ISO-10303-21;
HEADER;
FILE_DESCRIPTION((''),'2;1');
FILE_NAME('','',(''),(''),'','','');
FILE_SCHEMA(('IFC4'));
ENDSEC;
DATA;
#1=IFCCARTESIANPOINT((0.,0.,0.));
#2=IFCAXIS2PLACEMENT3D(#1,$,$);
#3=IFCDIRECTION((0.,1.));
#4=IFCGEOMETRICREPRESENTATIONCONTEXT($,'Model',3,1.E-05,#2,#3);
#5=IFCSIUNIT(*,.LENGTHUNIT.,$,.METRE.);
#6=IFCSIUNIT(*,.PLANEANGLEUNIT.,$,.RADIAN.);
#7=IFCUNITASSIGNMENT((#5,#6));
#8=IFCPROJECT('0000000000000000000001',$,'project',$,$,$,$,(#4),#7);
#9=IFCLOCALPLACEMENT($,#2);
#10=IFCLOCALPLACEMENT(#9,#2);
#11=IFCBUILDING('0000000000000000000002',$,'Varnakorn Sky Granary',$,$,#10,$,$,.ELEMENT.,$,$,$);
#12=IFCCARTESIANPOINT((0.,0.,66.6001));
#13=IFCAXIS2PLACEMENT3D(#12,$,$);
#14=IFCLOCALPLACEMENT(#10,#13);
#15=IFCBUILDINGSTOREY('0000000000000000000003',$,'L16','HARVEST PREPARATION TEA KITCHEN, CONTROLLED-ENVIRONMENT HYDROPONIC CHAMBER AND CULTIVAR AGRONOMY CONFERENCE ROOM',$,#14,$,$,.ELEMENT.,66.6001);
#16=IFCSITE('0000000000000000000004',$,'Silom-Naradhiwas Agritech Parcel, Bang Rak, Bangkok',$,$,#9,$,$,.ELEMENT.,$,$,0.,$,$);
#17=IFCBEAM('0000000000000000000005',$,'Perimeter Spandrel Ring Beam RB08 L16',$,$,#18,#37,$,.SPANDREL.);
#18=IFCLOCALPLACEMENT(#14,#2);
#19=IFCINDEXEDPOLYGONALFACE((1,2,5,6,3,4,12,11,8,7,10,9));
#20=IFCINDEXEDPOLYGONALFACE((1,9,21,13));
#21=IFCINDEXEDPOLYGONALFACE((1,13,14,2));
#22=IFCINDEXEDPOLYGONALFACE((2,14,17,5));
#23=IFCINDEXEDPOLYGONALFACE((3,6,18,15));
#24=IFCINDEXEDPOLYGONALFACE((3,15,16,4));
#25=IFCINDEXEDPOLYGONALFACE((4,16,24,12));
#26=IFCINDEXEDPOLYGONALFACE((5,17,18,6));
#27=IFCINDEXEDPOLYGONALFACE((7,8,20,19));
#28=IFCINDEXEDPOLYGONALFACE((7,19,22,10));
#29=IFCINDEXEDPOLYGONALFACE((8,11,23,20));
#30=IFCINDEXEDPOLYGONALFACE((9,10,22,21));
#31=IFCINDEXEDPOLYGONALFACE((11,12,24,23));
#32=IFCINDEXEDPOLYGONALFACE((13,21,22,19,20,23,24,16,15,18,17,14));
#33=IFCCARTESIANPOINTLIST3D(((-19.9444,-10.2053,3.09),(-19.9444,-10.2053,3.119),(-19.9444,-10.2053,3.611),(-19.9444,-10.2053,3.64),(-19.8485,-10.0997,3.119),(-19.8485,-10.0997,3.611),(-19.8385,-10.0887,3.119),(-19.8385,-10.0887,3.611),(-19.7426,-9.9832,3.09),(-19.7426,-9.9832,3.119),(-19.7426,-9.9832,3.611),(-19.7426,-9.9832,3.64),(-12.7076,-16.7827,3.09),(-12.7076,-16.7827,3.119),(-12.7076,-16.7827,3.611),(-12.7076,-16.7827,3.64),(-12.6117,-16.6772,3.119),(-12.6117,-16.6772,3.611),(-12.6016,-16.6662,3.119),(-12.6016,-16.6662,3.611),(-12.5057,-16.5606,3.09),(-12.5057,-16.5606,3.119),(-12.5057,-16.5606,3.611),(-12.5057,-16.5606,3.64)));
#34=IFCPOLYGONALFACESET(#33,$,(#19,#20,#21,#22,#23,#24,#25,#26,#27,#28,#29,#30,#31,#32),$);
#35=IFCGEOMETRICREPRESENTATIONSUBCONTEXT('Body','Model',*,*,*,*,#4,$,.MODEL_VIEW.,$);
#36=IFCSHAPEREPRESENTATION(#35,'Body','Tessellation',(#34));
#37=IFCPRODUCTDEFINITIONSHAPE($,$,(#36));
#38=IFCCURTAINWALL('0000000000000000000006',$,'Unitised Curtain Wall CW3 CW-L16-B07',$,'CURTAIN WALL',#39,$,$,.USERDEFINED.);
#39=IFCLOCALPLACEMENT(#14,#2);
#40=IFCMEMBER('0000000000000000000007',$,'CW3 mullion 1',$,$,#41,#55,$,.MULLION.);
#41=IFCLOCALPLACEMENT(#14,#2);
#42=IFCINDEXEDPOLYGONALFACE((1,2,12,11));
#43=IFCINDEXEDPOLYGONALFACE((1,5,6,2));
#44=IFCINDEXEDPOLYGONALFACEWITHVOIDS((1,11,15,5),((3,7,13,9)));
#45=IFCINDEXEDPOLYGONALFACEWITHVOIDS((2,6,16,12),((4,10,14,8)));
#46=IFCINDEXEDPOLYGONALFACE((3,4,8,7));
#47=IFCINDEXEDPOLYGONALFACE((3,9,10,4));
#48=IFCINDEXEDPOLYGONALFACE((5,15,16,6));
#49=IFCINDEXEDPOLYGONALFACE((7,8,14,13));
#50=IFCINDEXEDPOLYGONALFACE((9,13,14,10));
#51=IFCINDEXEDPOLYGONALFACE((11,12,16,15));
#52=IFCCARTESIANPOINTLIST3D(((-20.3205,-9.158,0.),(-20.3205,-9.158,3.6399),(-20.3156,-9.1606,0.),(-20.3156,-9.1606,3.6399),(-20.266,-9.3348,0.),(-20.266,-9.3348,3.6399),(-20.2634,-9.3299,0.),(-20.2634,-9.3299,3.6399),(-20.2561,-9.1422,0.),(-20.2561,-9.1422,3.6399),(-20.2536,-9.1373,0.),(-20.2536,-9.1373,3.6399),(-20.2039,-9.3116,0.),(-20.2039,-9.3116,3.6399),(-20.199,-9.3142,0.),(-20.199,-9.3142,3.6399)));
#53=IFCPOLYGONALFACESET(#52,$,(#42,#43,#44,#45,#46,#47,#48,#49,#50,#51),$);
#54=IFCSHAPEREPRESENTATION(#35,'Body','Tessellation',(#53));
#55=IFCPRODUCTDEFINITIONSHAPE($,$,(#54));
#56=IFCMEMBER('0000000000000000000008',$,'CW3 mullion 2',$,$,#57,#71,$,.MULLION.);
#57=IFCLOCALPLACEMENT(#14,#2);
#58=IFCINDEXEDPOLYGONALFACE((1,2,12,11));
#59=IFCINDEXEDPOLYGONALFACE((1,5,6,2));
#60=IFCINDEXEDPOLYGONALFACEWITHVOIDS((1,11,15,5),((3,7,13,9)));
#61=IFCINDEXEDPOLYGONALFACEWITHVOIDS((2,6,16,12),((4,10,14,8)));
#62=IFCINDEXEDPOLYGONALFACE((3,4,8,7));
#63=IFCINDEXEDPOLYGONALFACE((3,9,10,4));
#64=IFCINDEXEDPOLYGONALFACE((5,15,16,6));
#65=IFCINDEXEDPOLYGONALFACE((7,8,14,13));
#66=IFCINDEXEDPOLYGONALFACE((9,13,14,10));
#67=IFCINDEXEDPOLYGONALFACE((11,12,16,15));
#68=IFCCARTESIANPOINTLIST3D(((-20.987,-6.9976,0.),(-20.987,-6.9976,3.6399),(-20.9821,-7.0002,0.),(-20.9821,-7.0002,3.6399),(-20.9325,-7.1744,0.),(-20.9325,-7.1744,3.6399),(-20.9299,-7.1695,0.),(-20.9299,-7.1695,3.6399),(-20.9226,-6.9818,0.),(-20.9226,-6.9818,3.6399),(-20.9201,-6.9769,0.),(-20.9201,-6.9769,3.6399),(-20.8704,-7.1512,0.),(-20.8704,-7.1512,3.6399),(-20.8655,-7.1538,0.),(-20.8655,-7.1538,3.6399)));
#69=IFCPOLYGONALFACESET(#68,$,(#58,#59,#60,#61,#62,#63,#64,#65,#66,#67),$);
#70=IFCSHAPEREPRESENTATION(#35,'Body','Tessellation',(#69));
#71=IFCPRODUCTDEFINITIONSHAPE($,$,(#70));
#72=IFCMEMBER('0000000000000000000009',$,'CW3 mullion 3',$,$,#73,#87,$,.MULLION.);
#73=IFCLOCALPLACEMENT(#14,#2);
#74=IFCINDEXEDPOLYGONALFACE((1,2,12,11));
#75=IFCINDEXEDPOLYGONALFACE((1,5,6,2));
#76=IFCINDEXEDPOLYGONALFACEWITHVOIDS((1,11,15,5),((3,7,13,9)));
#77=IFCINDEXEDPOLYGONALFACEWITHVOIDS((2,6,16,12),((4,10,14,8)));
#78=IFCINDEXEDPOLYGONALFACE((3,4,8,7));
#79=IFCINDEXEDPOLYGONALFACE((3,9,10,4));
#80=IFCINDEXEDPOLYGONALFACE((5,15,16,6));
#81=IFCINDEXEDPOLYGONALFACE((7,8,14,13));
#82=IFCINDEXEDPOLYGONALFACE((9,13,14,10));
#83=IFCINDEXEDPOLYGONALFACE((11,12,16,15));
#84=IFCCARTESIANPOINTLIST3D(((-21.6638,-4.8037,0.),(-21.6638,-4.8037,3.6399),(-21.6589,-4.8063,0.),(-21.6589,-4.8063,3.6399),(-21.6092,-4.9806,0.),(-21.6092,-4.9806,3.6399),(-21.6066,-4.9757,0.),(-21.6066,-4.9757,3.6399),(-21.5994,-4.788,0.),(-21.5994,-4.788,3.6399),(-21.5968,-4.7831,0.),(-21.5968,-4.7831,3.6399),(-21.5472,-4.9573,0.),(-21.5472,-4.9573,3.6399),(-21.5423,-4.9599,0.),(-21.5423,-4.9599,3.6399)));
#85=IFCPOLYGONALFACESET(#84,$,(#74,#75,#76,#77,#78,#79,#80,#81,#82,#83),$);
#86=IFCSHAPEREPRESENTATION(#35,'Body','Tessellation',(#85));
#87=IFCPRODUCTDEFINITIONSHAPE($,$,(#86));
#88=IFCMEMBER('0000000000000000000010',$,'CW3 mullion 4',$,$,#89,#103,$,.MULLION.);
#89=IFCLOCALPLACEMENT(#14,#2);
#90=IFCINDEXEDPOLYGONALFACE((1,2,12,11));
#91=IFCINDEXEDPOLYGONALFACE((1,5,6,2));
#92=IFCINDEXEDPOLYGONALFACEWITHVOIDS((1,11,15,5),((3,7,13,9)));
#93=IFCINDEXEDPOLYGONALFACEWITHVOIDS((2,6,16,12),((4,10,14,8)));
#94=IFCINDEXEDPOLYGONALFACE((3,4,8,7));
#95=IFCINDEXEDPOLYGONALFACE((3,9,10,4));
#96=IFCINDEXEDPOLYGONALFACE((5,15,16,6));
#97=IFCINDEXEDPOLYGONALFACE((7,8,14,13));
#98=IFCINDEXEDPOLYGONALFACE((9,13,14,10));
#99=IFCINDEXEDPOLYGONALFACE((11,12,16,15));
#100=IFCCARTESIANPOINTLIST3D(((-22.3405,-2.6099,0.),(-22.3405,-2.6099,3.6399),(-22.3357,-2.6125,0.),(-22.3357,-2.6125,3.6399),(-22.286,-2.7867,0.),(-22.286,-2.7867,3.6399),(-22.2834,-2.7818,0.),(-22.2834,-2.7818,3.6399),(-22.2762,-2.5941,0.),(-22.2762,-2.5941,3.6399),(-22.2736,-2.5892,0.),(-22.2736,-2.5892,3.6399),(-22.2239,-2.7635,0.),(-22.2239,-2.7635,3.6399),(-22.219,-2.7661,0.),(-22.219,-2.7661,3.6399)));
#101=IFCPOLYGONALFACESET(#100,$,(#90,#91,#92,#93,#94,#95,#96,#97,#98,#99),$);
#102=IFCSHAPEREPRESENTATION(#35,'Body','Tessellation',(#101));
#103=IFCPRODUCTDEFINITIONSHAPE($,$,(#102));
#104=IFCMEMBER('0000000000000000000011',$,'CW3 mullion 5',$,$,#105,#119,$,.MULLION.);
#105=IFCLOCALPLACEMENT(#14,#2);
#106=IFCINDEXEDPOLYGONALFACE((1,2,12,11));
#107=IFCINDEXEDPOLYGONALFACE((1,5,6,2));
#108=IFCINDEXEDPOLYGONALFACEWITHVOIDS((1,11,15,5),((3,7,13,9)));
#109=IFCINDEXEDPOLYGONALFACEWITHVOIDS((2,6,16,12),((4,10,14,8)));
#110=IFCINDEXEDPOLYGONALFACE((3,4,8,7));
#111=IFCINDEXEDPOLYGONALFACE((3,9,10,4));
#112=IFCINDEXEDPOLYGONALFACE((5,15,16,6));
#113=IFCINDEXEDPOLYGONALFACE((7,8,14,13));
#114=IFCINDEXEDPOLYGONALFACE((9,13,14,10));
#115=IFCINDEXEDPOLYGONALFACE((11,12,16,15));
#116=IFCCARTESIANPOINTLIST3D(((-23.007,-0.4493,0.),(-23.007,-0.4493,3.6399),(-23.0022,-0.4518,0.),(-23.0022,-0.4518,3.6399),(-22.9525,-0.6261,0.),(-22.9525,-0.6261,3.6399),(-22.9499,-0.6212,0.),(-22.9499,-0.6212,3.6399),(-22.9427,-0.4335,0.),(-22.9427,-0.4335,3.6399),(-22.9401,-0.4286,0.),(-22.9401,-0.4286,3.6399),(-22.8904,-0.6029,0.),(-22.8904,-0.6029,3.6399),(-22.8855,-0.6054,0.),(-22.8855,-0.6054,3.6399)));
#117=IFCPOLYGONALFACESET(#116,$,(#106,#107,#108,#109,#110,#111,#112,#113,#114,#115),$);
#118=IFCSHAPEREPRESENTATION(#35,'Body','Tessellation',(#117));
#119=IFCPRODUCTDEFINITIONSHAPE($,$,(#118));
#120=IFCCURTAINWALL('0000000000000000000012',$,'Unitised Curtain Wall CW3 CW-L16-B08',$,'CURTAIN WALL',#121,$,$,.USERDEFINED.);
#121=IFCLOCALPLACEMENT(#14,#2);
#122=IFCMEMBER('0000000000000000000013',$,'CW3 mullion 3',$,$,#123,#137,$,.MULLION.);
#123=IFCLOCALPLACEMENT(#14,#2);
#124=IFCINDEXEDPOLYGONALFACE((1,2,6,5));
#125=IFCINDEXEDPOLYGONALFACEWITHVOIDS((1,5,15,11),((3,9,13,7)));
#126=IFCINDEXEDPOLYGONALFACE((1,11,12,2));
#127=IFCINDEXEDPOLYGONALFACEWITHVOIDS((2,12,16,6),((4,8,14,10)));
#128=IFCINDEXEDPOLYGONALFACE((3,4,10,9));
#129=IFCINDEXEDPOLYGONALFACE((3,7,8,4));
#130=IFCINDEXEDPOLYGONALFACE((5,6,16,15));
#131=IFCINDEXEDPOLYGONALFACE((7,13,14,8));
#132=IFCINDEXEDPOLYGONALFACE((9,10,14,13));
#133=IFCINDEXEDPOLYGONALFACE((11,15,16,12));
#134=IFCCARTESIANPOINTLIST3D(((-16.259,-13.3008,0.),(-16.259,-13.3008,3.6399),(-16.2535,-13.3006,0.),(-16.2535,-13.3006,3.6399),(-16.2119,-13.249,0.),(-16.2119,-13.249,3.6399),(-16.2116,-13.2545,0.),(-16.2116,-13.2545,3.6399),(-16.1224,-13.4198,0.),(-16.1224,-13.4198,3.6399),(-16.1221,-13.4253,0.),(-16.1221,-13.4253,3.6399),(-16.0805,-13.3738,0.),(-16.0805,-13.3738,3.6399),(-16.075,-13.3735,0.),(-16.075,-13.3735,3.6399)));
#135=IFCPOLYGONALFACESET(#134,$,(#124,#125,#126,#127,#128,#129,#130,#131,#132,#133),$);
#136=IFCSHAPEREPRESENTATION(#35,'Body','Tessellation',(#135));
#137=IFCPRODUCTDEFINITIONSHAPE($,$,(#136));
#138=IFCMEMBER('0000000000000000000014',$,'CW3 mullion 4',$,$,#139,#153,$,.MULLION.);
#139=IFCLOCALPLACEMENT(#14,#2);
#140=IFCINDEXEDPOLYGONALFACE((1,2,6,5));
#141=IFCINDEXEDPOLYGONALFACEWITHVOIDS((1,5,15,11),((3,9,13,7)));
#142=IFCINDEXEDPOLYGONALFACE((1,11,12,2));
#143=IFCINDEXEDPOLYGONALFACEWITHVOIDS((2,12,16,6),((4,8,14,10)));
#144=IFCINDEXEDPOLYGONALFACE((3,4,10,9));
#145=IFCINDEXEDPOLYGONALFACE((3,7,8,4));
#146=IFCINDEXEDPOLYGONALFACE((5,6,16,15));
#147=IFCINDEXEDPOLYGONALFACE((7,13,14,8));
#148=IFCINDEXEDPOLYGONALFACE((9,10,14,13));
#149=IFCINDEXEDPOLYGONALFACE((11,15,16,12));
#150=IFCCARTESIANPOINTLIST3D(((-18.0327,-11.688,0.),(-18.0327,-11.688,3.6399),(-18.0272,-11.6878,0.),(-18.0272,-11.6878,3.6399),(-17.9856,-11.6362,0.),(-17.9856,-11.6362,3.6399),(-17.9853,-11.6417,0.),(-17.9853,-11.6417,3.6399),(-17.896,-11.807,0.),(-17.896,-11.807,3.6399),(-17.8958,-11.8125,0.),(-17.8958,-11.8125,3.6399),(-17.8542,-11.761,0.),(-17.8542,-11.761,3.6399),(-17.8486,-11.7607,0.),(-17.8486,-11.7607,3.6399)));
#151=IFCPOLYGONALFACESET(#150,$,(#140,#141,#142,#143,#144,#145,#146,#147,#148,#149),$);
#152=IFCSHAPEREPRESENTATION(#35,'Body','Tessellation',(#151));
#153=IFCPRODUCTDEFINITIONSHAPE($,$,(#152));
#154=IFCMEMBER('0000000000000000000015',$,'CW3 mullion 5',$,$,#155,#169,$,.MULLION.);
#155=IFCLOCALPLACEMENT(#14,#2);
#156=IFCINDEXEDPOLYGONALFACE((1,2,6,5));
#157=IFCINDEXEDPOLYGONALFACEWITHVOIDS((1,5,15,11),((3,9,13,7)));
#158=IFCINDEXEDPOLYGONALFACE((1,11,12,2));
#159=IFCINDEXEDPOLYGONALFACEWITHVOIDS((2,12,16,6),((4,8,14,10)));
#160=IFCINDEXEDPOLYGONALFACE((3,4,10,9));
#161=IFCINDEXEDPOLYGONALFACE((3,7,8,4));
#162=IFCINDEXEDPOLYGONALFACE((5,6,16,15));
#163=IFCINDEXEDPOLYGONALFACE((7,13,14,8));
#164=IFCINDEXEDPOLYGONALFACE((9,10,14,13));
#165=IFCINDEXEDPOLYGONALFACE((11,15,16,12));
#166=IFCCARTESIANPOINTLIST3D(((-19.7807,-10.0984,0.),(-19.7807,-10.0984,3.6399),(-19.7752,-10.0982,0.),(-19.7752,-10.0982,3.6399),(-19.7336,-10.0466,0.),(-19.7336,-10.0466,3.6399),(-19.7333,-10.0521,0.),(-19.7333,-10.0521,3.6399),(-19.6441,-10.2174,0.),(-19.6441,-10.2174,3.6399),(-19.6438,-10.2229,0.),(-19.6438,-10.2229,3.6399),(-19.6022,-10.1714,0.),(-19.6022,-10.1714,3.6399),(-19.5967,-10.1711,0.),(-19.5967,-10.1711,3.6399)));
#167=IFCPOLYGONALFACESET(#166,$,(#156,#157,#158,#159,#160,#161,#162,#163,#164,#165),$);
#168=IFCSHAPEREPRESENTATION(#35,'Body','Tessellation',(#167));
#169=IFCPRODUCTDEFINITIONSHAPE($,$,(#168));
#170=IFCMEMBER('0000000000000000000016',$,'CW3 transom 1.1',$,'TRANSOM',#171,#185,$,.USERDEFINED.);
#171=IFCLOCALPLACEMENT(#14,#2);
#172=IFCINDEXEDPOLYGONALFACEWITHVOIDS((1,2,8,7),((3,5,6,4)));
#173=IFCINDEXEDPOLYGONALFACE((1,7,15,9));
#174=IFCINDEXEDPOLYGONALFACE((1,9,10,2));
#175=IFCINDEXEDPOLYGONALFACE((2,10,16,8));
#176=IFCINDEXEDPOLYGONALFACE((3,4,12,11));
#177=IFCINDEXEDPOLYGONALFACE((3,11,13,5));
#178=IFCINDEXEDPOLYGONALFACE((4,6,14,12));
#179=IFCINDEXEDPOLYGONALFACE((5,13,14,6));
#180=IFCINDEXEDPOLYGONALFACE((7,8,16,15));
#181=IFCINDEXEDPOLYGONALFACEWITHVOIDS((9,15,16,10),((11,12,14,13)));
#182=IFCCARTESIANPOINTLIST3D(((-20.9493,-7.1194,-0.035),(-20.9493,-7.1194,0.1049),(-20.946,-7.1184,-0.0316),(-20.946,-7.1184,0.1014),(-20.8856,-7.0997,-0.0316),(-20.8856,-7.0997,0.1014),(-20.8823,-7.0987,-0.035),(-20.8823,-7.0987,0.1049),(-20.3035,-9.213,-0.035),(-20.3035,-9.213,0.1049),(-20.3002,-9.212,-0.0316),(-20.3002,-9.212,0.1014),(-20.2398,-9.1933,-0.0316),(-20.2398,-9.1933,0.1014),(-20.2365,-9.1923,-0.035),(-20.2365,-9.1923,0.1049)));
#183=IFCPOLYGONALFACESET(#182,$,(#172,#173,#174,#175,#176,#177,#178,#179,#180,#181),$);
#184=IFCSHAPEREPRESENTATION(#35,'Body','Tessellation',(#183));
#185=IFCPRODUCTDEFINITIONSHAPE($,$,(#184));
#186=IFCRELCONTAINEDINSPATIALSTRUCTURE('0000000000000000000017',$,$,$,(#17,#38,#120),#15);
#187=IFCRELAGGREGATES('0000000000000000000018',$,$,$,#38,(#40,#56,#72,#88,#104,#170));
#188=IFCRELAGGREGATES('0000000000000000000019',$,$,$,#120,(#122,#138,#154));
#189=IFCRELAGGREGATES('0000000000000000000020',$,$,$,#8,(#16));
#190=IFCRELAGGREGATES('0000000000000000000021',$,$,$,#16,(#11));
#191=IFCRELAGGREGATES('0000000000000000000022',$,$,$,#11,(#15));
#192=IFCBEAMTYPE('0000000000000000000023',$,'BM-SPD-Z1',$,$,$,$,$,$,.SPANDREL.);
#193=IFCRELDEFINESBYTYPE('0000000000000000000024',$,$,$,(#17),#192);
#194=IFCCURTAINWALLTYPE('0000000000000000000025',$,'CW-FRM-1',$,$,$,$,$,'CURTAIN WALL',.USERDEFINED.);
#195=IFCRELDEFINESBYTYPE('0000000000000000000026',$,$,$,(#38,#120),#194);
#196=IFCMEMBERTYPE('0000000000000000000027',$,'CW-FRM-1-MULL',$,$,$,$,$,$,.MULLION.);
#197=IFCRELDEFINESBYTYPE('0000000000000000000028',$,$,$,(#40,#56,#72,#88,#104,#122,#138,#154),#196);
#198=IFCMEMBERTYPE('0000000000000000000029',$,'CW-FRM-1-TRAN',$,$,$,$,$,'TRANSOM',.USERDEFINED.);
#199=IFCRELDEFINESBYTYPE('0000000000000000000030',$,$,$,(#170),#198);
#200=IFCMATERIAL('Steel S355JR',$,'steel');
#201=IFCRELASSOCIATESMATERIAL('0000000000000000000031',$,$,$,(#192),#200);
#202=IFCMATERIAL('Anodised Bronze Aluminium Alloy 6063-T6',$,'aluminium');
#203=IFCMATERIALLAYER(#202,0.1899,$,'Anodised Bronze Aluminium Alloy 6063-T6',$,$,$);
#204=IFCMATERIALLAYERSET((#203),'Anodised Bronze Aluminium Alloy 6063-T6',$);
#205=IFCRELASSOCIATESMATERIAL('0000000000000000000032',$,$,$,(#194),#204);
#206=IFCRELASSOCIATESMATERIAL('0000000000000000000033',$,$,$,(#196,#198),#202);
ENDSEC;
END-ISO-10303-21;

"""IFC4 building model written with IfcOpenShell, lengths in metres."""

from ifc_helpers import new_model, si_unit, direction, frame, origin, origin_2d, place, context, subcontext, project, spatial, hollow_rectangle, i_section, extrude, material, layer, layer_set, material_profile, profile_set, type_object, element, aggregate, save


model = new_model("IFC4")

# Units and contexts
model_context = context("Model", 3, precision=1e-05, world=origin(), true_north=direction((0.0, 1.0)))
body_context = subcontext(model_context, "Body", "Model", "MODEL_VIEW")
ifc_project = project(units=[si_unit("LENGTHUNIT", "METRE"), si_unit("PLANEANGLEUNIT", "RADIAN")], contexts=[model_context])

# Site, building, storey
site_placement = place(None, origin())
site = spatial("IfcSite", under=ifc_project, at=site_placement, Name="Silom-Naradhiwas Agritech Parcel, Bang Rak, Bangkok", CompositionType="ELEMENT", RefElevation=0.0)
building_placement = place(site_placement, origin())
building = spatial("IfcBuilding", under=site, at=building_placement, Name="Varnakorn Sky Granary", CompositionType="ELEMENT")
storey_placement = place(building_placement, frame((0.0, 0.0, 66.6001)))
storey = spatial("IfcBuildingStorey", under=building, at=storey_placement, Name="L16", Description="HARVEST PREPARATION TEA KITCHEN, CONTROLLED-ENVIRONMENT HYDROPONIC CHAMBER AND CULTIVAR AGRONOMY CONFERENCE ROOM", CompositionType="ELEMENT", Elevation=66.6001)

# Beam
ifc_material_1 = material(Name="Steel S355JR", Category="steel")
ifc_material_profile_1 = material_profile(ifc_material_1, i_section(OverallWidth=0.3, OverallDepth=0.55, WebThickness=0.0149, FlangeThickness=0.0291, at=origin_2d()), Name="HE 550 B")
ifc_profile_set_1 = profile_set([ifc_material_profile_1], Name="Steel S355JR")
beam_type = type_object("IfcBeamType", Name="BM-SPD-Z1", PredefinedType="SPANDREL", material=ifc_profile_set_1)
beam_1_placement = place(storey_placement, frame((-19.8435, -10.0942, 3.365), z_axis=(0.740018, -0.672587, 0.0), x_axis=(0.672587, 0.740018, 0.0)))
element("IfcBeam", 1, at=beam_1_placement, inside=storey, type_object=beam_type, Name="Perimeter Spandrel Ring Beam RB08 L16", PredefinedType="SPANDREL", context=body_context, shape_type="SweptSolid", body=[
    extrude(i_section(OverallWidth=0.3, OverallDepth=0.55, WebThickness=0.0149, FlangeThickness=0.0291, at=origin_2d()), origin(), (0.0, 0.0, 1.0), 9.7793),
])

# Curtain walls, members
ifc_material_2 = material(Name="Anodised Bronze Aluminium Alloy 6063-T6", Category="aluminium")
ifc_layer_1 = layer(ifc_material_2, 0.1899, Name="Anodised Bronze Aluminium Alloy 6063-T6")
ifc_layer_set_1 = layer_set([ifc_layer_1], Name="Anodised Bronze Aluminium Alloy 6063-T6")
curtain_wall_type = type_object("IfcCurtainWallType", Name="CW-FRM-1", ElementType="CURTAIN WALL", PredefinedType="USERDEFINED", material=ifc_layer_set_1)
curtain_wall_1_placement = place(storey_placement, origin())
curtain_wall_1 = element("IfcCurtainWall", 2, at=curtain_wall_1_placement, inside=storey, type_object=curtain_wall_type, Name="Unitised Curtain Wall CW3 CW-L16-B07", ObjectType="CURTAIN WALL", PredefinedType="USERDEFINED")
ifc_material_profile_2 = material_profile(ifc_material_2, hollow_rectangle(XDim=0.0701, YDim=0.1851, WallThickness=0.0039, at=origin_2d()), Name="ALU MULL 70x185")
ifc_profile_set_2 = profile_set([ifc_material_profile_2], Name="Anodised Bronze Aluminium Alloy 6063-T6")
member_type_1 = type_object("IfcMemberType", Name="CW-FRM-1-MULL", PredefinedType="MULLION", material=ifc_profile_set_2)
member_1_placement = place(storey_placement, frame((-20.2598, -9.2361, 0.0), z_axis=(0.0, 0.0, 1.0), x_axis=(-0.955563, -0.294787, 0.0)))
member_1 = element("IfcMember", 3, at=member_1_placement, type_object=member_type_1, Name="CW3 mullion 1", PredefinedType="MULLION", context=body_context, shape_type="SweptSolid", body=[
    extrude(hollow_rectangle(XDim=0.0701, YDim=0.1851, WallThickness=0.0039, at=origin_2d()), origin(), (0.0, 0.0, 1.0), 3.6399),
])
member_2_placement = place(storey_placement, frame((-20.9263, -7.0757, 0.0), z_axis=(0.0, 0.0, 1.0), x_axis=(-0.955563, -0.294787, 0.0)))
member_2 = element("IfcMember", 4, at=member_2_placement, type_object=member_type_1, Name="CW3 mullion 2", PredefinedType="MULLION", context=body_context, shape_type="SweptSolid", body=[
    extrude(hollow_rectangle(XDim=0.0701, YDim=0.1851, WallThickness=0.0039, at=origin_2d()), origin(), (0.0, 0.0, 1.0), 3.6399),
])
member_3_placement = place(storey_placement, frame((-21.603, -4.8818, 0.0), z_axis=(0.0, 0.0, 1.0), x_axis=(-0.955563, -0.294787, 0.0)))
member_3 = element("IfcMember", 5, at=member_3_placement, type_object=member_type_1, Name="CW3 mullion 3", PredefinedType="MULLION", context=body_context, shape_type="SweptSolid", body=[
    extrude(hollow_rectangle(XDim=0.0701, YDim=0.1851, WallThickness=0.0039, at=origin_2d()), origin(), (0.0, 0.0, 1.0), 3.6399),
])
member_4_placement = place(storey_placement, frame((-22.2798, -2.688, 0.0), z_axis=(0.0, 0.0, 1.0), x_axis=(-0.955563, -0.294787, 0.0)))
member_4 = element("IfcMember", 6, at=member_4_placement, type_object=member_type_1, Name="CW3 mullion 4", PredefinedType="MULLION", context=body_context, shape_type="SweptSolid", body=[
    extrude(hollow_rectangle(XDim=0.0701, YDim=0.1851, WallThickness=0.0039, at=origin_2d()), origin(), (0.0, 0.0, 1.0), 3.6399),
])
member_5_placement = place(storey_placement, frame((-22.9463, -0.5273, 0.0), z_axis=(0.0, 0.0, 1.0), x_axis=(-0.955563, -0.294787, 0.0)))
member_5 = element("IfcMember", 7, at=member_5_placement, type_object=member_type_1, Name="CW3 mullion 5", PredefinedType="MULLION", context=body_context, shape_type="SweptSolid", body=[
    extrude(hollow_rectangle(XDim=0.0701, YDim=0.1851, WallThickness=0.0039, at=origin_2d()), origin(), (0.0, 0.0, 1.0), 3.6399),
])
curtain_wall_2_placement = place(storey_placement, origin())
curtain_wall_2 = element("IfcCurtainWall", 8, at=curtain_wall_2_placement, inside=storey, type_object=curtain_wall_type, Name="Unitised Curtain Wall CW3 CW-L16-B08", ObjectType="CURTAIN WALL", PredefinedType="USERDEFINED")
member_6_placement = place(storey_placement, frame((-16.167, -13.3372, 0.0), z_axis=(0.0, 0.0, 1.0), x_axis=(-0.672776, -0.739847, 0.0)))
member_6 = element("IfcMember", 9, at=member_6_placement, type_object=member_type_1, Name="CW3 mullion 3", PredefinedType="MULLION", context=body_context, shape_type="SweptSolid", body=[
    extrude(hollow_rectangle(XDim=0.0701, YDim=0.1851, WallThickness=0.0039, at=origin_2d()), origin(), (0.0, 0.0, 1.0), 3.6399),
])
member_7_placement = place(storey_placement, frame((-17.9407, -11.7244, 0.0), z_axis=(0.0, 0.0, 1.0), x_axis=(-0.672776, -0.739847, 0.0)))
member_7 = element("IfcMember", 10, at=member_7_placement, type_object=member_type_1, Name="CW3 mullion 4", PredefinedType="MULLION", context=body_context, shape_type="SweptSolid", body=[
    extrude(hollow_rectangle(XDim=0.0701, YDim=0.1851, WallThickness=0.0039, at=origin_2d()), origin(), (0.0, 0.0, 1.0), 3.6399),
])
member_8_placement = place(storey_placement, frame((-19.6887, -10.1348, 0.0), z_axis=(0.0, 0.0, 1.0), x_axis=(-0.672776, -0.739847, 0.0)))
member_8 = element("IfcMember", 11, at=member_8_placement, type_object=member_type_1, Name="CW3 mullion 5", PredefinedType="MULLION", context=body_context, shape_type="SweptSolid", body=[
    extrude(hollow_rectangle(XDim=0.0701, YDim=0.1851, WallThickness=0.0039, at=origin_2d()), origin(), (0.0, 0.0, 1.0), 3.6399),
])

# Member
ifc_material_profile_3 = material_profile(ifc_material_2, hollow_rectangle(XDim=0.0701, YDim=0.1399, WallThickness=0.0034, at=origin_2d()), Name="ALU TRAN 70x140")
ifc_profile_set_3 = profile_set([ifc_material_profile_3], Name="Anodised Bronze Aluminium Alloy 6063-T6")
member_type_2 = type_object("IfcMemberType", Name="CW-FRM-1-TRAN", ElementType="TRANSOM", PredefinedType="USERDEFINED", material=ifc_profile_set_3)
member_9_placement = place(storey_placement, frame((-20.27, -9.2026, 0.0349), z_axis=(-0.294751, 0.955574, 0.0), x_axis=(-0.955574, -0.294751, 0.0)))
member_9 = element("IfcMember", 12, at=member_9_placement, type_object=member_type_2, Name="CW3 transom 1.1", ObjectType="TRANSOM", PredefinedType="USERDEFINED", context=body_context, shape_type="SweptSolid", body=[
    extrude(hollow_rectangle(XDim=0.0701, YDim=0.1399, WallThickness=0.0034, at=origin_2d()), origin(), (0.0, 0.0, 1.0), 2.1909),
])

aggregate(curtain_wall_1, [member_1, member_2, member_3, member_4, member_5, member_9])
aggregate(curtain_wall_2, [member_6, member_7, member_8])

save(model, "model.ifc")
